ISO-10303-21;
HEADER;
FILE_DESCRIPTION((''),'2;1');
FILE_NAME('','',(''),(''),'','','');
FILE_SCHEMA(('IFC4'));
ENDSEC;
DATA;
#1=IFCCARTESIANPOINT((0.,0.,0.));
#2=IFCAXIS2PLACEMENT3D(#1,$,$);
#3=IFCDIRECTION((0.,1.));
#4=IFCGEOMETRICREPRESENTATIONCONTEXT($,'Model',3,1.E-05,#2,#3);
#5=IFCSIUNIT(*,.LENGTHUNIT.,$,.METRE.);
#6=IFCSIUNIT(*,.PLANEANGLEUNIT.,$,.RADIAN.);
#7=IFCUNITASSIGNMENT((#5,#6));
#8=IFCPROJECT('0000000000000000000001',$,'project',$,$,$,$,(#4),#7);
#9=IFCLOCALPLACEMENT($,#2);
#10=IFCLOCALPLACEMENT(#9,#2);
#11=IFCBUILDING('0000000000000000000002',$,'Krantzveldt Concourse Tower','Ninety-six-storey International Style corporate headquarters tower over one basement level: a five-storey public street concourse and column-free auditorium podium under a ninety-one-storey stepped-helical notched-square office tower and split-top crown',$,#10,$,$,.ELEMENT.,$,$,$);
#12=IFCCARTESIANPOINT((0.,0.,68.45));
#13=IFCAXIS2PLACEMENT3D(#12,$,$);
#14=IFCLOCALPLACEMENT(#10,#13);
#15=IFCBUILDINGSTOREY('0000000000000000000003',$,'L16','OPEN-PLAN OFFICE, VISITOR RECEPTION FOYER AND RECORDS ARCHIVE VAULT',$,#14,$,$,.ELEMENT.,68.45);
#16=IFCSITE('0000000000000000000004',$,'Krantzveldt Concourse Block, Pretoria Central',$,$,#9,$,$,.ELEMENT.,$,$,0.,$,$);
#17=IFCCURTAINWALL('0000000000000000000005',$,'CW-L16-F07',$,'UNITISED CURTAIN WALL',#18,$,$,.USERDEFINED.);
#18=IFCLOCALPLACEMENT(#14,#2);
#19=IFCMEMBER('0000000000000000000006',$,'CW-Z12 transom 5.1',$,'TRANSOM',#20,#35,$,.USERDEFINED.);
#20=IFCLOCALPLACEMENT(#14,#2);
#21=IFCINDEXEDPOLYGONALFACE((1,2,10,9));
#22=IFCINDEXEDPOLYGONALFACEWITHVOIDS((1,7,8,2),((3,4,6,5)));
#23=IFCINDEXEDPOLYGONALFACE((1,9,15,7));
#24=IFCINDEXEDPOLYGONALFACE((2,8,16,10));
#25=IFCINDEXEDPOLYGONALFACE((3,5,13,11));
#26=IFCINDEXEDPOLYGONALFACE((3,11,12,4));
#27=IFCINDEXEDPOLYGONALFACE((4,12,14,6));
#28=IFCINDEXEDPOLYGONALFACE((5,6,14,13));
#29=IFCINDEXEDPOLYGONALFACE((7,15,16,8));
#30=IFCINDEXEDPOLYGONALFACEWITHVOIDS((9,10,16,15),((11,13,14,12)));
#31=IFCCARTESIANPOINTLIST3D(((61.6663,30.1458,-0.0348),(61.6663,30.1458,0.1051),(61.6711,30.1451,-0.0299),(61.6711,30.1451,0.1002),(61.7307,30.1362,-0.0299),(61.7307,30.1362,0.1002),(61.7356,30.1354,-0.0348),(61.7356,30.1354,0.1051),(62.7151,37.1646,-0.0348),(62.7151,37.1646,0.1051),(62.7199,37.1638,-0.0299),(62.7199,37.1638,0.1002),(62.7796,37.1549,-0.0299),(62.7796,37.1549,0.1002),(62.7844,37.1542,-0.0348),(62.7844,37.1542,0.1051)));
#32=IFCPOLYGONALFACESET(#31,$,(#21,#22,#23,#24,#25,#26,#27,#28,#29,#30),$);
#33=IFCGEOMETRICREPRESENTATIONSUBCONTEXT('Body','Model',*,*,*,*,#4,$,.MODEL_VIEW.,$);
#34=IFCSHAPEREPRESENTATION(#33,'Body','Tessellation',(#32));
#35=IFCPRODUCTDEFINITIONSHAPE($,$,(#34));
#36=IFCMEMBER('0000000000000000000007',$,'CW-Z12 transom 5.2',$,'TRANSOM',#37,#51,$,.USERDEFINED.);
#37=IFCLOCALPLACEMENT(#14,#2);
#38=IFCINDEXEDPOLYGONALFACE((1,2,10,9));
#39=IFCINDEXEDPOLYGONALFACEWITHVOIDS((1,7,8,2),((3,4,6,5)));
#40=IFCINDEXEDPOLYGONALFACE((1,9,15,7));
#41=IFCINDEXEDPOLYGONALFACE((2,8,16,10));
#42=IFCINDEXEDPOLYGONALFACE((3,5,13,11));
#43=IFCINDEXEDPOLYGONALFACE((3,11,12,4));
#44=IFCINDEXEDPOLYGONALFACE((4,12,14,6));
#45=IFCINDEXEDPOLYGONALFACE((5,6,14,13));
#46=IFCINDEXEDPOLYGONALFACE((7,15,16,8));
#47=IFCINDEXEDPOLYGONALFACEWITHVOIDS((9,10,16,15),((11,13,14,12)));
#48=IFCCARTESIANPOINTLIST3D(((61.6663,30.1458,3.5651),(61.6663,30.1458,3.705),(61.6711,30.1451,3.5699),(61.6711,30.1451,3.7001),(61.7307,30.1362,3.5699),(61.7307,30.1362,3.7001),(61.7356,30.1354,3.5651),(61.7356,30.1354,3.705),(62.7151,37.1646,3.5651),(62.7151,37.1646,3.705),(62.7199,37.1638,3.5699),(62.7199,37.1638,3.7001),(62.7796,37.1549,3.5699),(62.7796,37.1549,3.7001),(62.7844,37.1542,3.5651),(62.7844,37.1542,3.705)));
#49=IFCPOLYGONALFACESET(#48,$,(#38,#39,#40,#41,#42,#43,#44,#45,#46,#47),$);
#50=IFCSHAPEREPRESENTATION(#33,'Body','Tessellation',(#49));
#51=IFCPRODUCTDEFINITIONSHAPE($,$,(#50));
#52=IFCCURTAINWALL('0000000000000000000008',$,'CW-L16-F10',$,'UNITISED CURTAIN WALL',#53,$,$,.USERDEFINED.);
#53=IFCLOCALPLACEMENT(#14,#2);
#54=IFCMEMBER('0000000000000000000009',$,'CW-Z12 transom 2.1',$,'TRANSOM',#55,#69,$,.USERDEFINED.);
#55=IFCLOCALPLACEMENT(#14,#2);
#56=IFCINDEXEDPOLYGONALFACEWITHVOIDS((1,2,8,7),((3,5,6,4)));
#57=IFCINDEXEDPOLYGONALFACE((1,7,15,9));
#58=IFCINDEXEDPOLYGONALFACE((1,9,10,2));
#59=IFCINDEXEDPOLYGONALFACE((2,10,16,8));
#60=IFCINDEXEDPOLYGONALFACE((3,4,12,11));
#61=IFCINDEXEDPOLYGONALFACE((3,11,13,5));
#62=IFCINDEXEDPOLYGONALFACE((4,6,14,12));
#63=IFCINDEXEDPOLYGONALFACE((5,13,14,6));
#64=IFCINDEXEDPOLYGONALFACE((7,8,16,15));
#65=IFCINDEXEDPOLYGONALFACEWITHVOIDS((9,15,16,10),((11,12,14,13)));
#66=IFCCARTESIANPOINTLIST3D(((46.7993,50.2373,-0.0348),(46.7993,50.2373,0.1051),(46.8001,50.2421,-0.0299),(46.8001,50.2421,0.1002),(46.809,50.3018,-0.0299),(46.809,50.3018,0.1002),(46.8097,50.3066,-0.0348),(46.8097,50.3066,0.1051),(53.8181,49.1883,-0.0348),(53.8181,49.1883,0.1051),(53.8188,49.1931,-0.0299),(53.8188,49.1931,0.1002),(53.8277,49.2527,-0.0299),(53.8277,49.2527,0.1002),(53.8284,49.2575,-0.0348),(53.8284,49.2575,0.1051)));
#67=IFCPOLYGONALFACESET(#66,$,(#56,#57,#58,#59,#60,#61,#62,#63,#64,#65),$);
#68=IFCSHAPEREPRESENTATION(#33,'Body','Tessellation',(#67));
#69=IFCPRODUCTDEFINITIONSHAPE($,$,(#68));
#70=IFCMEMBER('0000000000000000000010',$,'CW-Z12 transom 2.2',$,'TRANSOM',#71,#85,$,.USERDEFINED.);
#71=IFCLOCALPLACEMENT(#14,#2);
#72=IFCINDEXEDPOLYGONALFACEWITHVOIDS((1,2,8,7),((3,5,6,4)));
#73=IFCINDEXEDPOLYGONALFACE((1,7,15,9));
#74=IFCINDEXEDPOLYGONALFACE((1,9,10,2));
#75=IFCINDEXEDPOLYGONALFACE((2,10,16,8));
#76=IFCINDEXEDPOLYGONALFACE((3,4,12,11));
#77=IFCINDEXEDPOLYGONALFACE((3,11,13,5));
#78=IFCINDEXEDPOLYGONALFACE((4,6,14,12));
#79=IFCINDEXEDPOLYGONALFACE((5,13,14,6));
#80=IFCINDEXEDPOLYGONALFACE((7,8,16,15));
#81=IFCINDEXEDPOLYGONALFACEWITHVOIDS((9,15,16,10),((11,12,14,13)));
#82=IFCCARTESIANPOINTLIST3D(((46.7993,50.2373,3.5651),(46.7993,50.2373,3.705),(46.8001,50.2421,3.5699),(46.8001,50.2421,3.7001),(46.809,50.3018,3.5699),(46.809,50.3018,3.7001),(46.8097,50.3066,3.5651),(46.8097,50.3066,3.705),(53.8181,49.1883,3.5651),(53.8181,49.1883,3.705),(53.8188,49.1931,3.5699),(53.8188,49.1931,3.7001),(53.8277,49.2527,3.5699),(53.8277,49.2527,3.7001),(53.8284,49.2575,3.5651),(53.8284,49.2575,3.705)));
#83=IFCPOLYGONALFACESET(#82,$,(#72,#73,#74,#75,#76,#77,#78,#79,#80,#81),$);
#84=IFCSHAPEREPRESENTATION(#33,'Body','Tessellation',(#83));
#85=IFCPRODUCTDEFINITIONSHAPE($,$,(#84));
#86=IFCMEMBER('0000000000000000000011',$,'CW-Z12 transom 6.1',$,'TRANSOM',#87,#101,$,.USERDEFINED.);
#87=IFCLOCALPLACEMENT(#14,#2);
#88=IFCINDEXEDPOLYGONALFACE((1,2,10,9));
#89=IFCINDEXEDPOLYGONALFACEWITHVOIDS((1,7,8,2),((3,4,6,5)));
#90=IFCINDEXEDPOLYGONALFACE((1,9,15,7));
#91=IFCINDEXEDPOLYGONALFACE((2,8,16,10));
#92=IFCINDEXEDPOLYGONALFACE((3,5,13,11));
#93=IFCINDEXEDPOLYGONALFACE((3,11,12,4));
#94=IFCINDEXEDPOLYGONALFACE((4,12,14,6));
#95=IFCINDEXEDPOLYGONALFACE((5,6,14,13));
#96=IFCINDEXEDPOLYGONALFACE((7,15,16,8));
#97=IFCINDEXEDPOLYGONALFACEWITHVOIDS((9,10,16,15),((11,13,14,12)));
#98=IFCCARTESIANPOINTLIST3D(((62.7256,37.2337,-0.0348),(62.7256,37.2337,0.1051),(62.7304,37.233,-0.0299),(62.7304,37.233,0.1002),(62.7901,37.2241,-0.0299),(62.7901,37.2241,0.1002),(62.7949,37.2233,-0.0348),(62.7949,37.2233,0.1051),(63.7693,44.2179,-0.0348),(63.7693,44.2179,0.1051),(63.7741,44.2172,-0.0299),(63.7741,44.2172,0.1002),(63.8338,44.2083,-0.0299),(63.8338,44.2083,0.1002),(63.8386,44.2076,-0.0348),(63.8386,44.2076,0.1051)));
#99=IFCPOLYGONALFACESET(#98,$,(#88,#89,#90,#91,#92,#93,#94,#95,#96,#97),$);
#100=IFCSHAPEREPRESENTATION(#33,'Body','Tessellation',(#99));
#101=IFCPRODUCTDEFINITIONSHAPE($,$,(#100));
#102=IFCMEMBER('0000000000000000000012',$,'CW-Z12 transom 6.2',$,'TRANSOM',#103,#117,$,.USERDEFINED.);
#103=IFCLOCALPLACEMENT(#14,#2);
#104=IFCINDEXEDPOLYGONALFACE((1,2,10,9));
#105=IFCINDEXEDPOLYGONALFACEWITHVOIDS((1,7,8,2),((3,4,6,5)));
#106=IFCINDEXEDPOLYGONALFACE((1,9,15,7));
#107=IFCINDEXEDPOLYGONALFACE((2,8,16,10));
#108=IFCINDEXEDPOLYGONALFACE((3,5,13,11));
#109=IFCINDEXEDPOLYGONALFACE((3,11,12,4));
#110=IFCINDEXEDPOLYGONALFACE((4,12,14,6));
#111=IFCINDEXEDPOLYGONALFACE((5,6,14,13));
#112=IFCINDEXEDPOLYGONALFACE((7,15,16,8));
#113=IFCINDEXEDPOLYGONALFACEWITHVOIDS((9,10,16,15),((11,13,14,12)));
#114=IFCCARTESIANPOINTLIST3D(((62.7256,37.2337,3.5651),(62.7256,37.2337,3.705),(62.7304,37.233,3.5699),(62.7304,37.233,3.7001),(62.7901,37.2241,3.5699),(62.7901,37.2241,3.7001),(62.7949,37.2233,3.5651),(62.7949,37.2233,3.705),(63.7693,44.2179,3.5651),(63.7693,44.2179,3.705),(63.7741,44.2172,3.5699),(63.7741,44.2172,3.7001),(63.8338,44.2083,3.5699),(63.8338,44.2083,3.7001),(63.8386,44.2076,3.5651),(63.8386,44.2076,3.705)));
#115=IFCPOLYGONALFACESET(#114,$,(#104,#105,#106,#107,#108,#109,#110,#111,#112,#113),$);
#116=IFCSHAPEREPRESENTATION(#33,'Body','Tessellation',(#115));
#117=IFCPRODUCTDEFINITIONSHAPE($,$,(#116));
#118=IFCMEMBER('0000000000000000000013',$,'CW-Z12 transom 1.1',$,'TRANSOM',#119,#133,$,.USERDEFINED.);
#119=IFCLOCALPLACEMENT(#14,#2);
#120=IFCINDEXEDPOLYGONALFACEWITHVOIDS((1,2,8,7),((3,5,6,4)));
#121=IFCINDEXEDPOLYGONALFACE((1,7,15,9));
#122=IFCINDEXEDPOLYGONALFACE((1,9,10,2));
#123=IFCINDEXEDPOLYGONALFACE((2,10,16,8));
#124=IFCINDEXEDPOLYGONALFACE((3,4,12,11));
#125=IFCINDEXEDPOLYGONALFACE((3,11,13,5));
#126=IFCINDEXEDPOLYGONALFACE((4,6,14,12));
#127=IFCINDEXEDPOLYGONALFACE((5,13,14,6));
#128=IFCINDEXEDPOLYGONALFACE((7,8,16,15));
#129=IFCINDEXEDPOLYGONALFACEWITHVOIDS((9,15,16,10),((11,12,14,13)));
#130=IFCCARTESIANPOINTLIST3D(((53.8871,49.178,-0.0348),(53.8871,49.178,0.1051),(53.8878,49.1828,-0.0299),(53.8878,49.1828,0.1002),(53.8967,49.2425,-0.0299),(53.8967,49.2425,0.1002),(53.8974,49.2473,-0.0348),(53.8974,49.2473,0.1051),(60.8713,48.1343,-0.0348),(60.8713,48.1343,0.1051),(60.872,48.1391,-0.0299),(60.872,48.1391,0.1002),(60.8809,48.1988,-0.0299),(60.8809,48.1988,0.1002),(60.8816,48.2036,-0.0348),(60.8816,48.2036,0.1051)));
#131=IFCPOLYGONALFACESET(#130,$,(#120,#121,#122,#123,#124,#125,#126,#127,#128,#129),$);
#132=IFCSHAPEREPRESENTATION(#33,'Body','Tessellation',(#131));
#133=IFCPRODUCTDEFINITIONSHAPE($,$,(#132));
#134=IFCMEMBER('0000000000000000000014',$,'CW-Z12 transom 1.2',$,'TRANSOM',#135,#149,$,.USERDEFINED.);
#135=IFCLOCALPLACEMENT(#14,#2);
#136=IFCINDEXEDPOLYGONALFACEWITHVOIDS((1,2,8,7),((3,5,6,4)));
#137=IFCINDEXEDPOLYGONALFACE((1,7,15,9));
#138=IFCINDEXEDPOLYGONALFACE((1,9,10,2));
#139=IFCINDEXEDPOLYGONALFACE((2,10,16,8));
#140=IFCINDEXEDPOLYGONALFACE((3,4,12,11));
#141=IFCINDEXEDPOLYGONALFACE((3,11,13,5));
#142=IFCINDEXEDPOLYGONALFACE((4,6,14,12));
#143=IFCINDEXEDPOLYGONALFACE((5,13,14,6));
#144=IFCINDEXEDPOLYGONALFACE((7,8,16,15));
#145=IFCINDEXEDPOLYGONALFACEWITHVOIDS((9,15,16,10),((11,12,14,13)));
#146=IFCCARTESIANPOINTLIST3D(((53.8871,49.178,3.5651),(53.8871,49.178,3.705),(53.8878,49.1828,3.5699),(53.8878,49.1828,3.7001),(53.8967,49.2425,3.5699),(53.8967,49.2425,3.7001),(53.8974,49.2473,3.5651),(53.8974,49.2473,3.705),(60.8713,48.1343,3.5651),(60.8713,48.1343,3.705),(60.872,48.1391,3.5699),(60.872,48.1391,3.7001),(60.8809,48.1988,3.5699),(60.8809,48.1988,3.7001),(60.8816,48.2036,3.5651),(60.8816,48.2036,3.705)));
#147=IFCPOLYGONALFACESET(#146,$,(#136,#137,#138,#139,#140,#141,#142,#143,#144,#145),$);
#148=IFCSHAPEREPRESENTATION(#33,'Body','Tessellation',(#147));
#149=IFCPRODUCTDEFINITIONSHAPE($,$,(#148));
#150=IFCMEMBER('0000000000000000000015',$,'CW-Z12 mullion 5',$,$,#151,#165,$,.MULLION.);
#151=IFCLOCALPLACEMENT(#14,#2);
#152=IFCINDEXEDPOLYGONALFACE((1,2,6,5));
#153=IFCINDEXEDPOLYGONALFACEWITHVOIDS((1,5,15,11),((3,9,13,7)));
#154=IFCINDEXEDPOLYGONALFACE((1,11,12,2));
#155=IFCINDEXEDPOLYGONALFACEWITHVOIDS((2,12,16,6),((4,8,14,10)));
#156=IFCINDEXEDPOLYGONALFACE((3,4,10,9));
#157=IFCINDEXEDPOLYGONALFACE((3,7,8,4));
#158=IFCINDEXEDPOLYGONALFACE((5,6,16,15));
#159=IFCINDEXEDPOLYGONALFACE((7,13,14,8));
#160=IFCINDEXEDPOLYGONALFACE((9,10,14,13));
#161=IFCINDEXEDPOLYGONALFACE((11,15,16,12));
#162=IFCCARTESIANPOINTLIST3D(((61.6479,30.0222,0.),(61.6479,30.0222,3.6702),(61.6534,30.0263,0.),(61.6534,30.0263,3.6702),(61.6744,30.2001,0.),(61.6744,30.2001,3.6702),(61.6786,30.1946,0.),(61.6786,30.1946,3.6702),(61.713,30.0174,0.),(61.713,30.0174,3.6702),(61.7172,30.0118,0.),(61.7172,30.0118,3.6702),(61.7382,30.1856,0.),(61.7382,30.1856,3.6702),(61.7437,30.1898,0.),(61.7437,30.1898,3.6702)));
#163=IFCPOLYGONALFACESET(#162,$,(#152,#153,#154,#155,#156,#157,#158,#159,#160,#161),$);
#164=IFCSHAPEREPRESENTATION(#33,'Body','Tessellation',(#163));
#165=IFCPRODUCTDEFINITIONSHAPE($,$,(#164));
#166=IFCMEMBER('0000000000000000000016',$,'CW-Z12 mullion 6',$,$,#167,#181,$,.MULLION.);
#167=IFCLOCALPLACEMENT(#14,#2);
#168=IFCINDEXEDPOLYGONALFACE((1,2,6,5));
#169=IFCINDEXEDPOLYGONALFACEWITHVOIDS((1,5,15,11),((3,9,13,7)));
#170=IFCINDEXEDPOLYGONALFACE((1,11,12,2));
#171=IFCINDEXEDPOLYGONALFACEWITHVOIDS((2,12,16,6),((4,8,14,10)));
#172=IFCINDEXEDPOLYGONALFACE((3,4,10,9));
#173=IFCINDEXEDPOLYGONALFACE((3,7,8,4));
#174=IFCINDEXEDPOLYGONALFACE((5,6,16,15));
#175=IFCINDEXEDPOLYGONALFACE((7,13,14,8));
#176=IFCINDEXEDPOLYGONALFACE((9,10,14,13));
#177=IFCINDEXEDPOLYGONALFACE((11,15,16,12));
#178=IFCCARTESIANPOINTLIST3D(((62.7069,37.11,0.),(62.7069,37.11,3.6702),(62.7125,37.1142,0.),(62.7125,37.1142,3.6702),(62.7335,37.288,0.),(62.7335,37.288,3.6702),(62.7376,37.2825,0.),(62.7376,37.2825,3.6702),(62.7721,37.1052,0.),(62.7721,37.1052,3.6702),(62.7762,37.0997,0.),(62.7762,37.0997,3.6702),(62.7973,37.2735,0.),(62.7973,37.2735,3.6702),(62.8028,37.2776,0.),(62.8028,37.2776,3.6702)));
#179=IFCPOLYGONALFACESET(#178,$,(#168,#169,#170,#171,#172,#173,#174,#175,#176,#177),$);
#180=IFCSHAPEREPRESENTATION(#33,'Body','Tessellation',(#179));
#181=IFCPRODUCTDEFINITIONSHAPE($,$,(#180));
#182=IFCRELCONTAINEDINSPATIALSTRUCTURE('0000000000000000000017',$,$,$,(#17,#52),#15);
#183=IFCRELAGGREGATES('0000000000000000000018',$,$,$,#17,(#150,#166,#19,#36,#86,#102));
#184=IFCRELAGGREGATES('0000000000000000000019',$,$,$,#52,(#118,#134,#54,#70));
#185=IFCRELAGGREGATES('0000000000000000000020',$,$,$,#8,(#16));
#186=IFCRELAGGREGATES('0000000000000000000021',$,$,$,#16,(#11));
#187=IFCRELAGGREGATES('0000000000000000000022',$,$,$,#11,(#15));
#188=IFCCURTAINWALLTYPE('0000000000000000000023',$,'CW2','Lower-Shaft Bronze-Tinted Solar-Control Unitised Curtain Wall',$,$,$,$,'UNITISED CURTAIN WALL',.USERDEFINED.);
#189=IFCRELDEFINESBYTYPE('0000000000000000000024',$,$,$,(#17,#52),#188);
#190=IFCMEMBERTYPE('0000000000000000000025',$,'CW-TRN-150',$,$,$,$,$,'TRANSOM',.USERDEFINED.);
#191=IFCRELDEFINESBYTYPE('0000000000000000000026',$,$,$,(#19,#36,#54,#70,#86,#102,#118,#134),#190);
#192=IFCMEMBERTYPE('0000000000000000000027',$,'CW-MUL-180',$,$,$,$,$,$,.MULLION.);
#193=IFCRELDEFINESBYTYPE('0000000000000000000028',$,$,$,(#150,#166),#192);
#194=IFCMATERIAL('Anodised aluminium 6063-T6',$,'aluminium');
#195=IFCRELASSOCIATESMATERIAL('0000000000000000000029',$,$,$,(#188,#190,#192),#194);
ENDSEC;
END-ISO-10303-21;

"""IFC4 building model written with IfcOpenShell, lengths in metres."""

from ifc_helpers import new_model, si_unit, direction, frame, origin, origin_2d, place, context, subcontext, project, spatial, hollow_rectangle, extrude, source, transform, mapped, material, material_profile, profile_set, type_object, type_shapes, element, aggregate, save


model = new_model("IFC4")

# Units and contexts
model_context = context("Model", 3, precision=1e-05, world=origin(), true_north=direction((0.0, 1.0)))
body_context = subcontext(model_context, "Body", "Model", "MODEL_VIEW")
ifc_project = project(units=[si_unit("LENGTHUNIT", "METRE"), si_unit("PLANEANGLEUNIT", "RADIAN")], contexts=[model_context])

# Site, building, storey
site_placement = place(None, origin())
site = spatial("IfcSite", under=ifc_project, at=site_placement, Name="Krantzveldt Concourse Block, Pretoria Central", CompositionType="ELEMENT", RefElevation=0.0)
building_placement = place(site_placement, origin())
building = spatial("IfcBuilding", under=site, at=building_placement, Name="Krantzveldt Concourse Tower", Description="Ninety-six-storey International Style corporate headquarters tower over one basement level: a five-storey public street concourse and column-free auditorium podium under a ninety-one-storey stepped-helical notched-square office tower and split-top crown", CompositionType="ELEMENT")
storey_placement = place(building_placement, frame((0.0, 0.0, 68.45)))
storey = spatial("IfcBuildingStorey", under=building, at=storey_placement, Name="L16", Description="OPEN-PLAN OFFICE, VISITOR RECEPTION FOYER AND RECORDS ARCHIVE VAULT", CompositionType="ELEMENT", Elevation=68.45)

# Curtain walls, members
ifc_material_1 = material(Name="Anodised aluminium 6063-T6", Category="aluminium")
curtain_wall_type = type_object("IfcCurtainWallType", Name="CW2", Description="Lower-Shaft Bronze-Tinted Solar-Control Unitised Curtain Wall", ElementType="UNITISED CURTAIN WALL", PredefinedType="USERDEFINED", material=ifc_material_1)
curtain_wall_1_placement = place(storey_placement, origin())
curtain_wall_1 = element("IfcCurtainWall", 1, at=curtain_wall_1_placement, inside=storey, type_object=curtain_wall_type, Name="CW-L16-F07", ObjectType="UNITISED CURTAIN WALL", PredefinedType="USERDEFINED")
ifc_material_profile_1 = material_profile(ifc_material_1, hollow_rectangle(XDim=0.0701, YDim=0.1399, WallThickness=0.0049, at=origin_2d()), Name="Anodised aluminium 6063-T6", Category="aluminium")
ifc_profile_set_1 = profile_set([ifc_material_profile_1], Name="Anodised aluminium 6063-T6 - ALU-TRAN 140x70x5")
member_type_1 = type_object("IfcMemberType", Name="CW-TRN-150", ElementType="TRANSOM", PredefinedType="USERDEFINED", material=ifc_profile_set_1)
shared_shape_1 = source(origin(), body_context, "Body", "SweptSolid", [
    extrude(hollow_rectangle(XDim=0.0701, YDim=0.1399, WallThickness=0.0049, at=origin_2d()), origin(), (0.0, 0.0, 1.0), 7.0967),
])
member_1_placement = place(storey_placement, frame((61.7009, 30.1406, 0.0352), z_axis=(0.14779, 0.989019, 0.0), x_axis=(-0.989019, 0.14779, 0.0)))
member_1 = element("IfcMember", 2, at=member_1_placement, type_object=member_type_1, Name="CW-Z12 transom 5.1", ObjectType="TRANSOM", PredefinedType="USERDEFINED", context=body_context, shape_type="MappedRepresentation", body=[
    mapped(shared_shape_1, transform((0.0, 0.0, 0.0), x_axis=(1.0, 0.0, 0.0), y_axis=(0.0, 1.0, 0.0), z_axis=(0.0, 0.0, 1.0), scale=1.0)),
])
member_2_placement = place(storey_placement, frame((61.7009, 30.1406, 3.635), z_axis=(0.14779, 0.989019, 0.0), x_axis=(-0.989019, 0.14779, 0.0)))
member_2 = element("IfcMember", 3, at=member_2_placement, type_object=member_type_1, Name="CW-Z12 transom 5.2", ObjectType="TRANSOM", PredefinedType="USERDEFINED", context=body_context, shape_type="MappedRepresentation", body=[
    mapped(shared_shape_1, transform((0.0, 0.0, 0.0), x_axis=(1.0, 0.0, 0.0), y_axis=(0.0, 1.0, 0.0), z_axis=(0.0, 0.0, 1.0), scale=1.0)),
])
curtain_wall_2_placement = place(storey_placement, origin())
curtain_wall_2 = element("IfcCurtainWall", 4, at=curtain_wall_2_placement, inside=storey, type_object=curtain_wall_type, Name="CW-L16-F10", ObjectType="UNITISED CURTAIN WALL", PredefinedType="USERDEFINED")
member_3_placement = place(storey_placement, frame((53.8232, 49.2229, 0.0352), z_axis=(-0.989014, 0.147824, 0.0), x_axis=(-0.147824, -0.989014, 0.0)))
member_3 = element("IfcMember", 5, at=member_3_placement, type_object=member_type_1, Name="CW-Z12 transom 2.1", ObjectType="TRANSOM", PredefinedType="USERDEFINED", context=body_context, shape_type="MappedRepresentation", body=[
    mapped(shared_shape_1, transform((0.0, 0.0, 0.0), x_axis=(1.0, 0.0, 0.0), y_axis=(0.0, 1.0, 0.0), z_axis=(0.0, 0.0, 1.0), scale=1.0)),
])
member_4_placement = place(storey_placement, frame((53.8232, 49.2229, 3.635), z_axis=(-0.989014, 0.147824, 0.0), x_axis=(-0.147824, -0.989014, 0.0)))
member_4 = element("IfcMember", 6, at=member_4_placement, type_object=member_type_1, Name="CW-Z12 transom 2.2", ObjectType="TRANSOM", PredefinedType="USERDEFINED", context=body_context, shape_type="MappedRepresentation", body=[
    mapped(shared_shape_1, transform((0.0, 0.0, 0.0), x_axis=(1.0, 0.0, 0.0), y_axis=(0.0, 1.0, 0.0), z_axis=(0.0, 0.0, 1.0), scale=1.0)),
])

# Members
shared_shape_2 = source(origin(), body_context, "Body", "SweptSolid", [
    extrude(hollow_rectangle(XDim=0.0701, YDim=0.1399, WallThickness=0.0049, at=origin_2d()), origin(), (0.0, 0.0, 1.0), 7.0618),
])
member_5_placement = place(storey_placement, frame((62.7603, 37.2285, 0.0352), z_axis=(0.147798, 0.989018, 0.0), x_axis=(-0.989018, 0.147798, 0.0)))
member_5 = element("IfcMember", 7, at=member_5_placement, type_object=member_type_1, Name="CW-Z12 transom 6.1", ObjectType="TRANSOM", PredefinedType="USERDEFINED", context=body_context, shape_type="MappedRepresentation", body=[
    mapped(shared_shape_2, transform((0.0, 0.0, 0.0), x_axis=(1.0, 0.0, 0.0), y_axis=(0.0, 1.0, 0.0), z_axis=(0.0, 0.0, 1.0), scale=1.0)),
])
member_6_placement = place(storey_placement, frame((62.7603, 37.2285, 3.635), z_axis=(0.147798, 0.989018, 0.0), x_axis=(-0.989018, 0.147798, 0.0)))
member_6 = element("IfcMember", 8, at=member_6_placement, type_object=member_type_1, Name="CW-Z12 transom 6.2", ObjectType="TRANSOM", PredefinedType="USERDEFINED", context=body_context, shape_type="MappedRepresentation", body=[
    mapped(shared_shape_2, transform((0.0, 0.0, 0.0), x_axis=(1.0, 0.0, 0.0), y_axis=(0.0, 1.0, 0.0), z_axis=(0.0, 0.0, 1.0), scale=1.0)),
])
member_7_placement = place(storey_placement, frame((60.8765, 48.1689, 0.0352), z_axis=(-0.989018, 0.147798, 0.0), x_axis=(-0.147798, -0.989018, 0.0)))
member_7 = element("IfcMember", 9, at=member_7_placement, type_object=member_type_1, Name="CW-Z12 transom 1.1", ObjectType="TRANSOM", PredefinedType="USERDEFINED", context=body_context, shape_type="MappedRepresentation", body=[
    mapped(shared_shape_2, transform((0.0, 0.0, 0.0), x_axis=(1.0, 0.0, 0.0), y_axis=(0.0, 1.0, 0.0), z_axis=(0.0, 0.0, 1.0), scale=1.0)),
])
member_8_placement = place(storey_placement, frame((60.8765, 48.1689, 3.635), z_axis=(-0.989018, 0.147798, 0.0), x_axis=(-0.147798, -0.989018, 0.0)))
member_8 = element("IfcMember", 10, at=member_8_placement, type_object=member_type_1, Name="CW-Z12 transom 1.2", ObjectType="TRANSOM", PredefinedType="USERDEFINED", context=body_context, shape_type="MappedRepresentation", body=[
    mapped(shared_shape_2, transform((0.0, 0.0, 0.0), x_axis=(1.0, 0.0, 0.0), y_axis=(0.0, 1.0, 0.0), z_axis=(0.0, 0.0, 1.0), scale=1.0)),
])
ifc_material_profile_2 = material_profile(ifc_material_1, hollow_rectangle(XDim=0.0701, YDim=0.1799, WallThickness=0.0049, at=origin_2d()), Name="Anodised aluminium 6063-T6", Category="aluminium")
ifc_profile_set_2 = profile_set([ifc_material_profile_2], Name="Anodised aluminium 6063-T6 - ALU-MULL 180x70x5")
member_type_2 = type_object("IfcMemberType", Name="CW-MUL-180", PredefinedType="MULLION", material=ifc_profile_set_2)
shared_shape_3 = source(origin(), body_context, "Body", "SweptSolid", [
    extrude(hollow_rectangle(XDim=0.0701, YDim=0.1799, WallThickness=0.0049, at=origin_2d()), origin(), (0.0, 0.0, 1.0), 3.6702),
])
type_shapes(member_type_2, [shared_shape_3])
member_9_placement = place(storey_placement, frame((61.6958, 30.106, 0.0), z_axis=(0.0, 0.0, 1.0), x_axis=(-0.989016, 0.14781, 0.0)))
member_9 = element("IfcMember", 11, at=member_9_placement, type_object=member_type_2, Name="CW-Z12 mullion 5", PredefinedType="MULLION", context=body_context, shape_type="MappedRepresentation", body=[
    mapped(shared_shape_3, transform((0.0, 0.0, 0.0), x_axis=(1.0, 0.0, 0.0), y_axis=(0.0, 1.0, 0.0), z_axis=(0.0, 0.0, 1.0), scale=1.0)),
])
member_10_placement = place(storey_placement, frame((62.7549, 37.1938, 0.0), z_axis=(0.0, 0.0, 1.0), x_axis=(-0.989016, 0.14781, 0.0)))
member_10 = element("IfcMember", 12, at=member_10_placement, type_object=member_type_2, Name="CW-Z12 mullion 6", PredefinedType="MULLION", context=body_context, shape_type="MappedRepresentation", body=[
    mapped(shared_shape_3, transform((0.0, 0.0, 0.0), x_axis=(1.0, 0.0, 0.0), y_axis=(0.0, 1.0, 0.0), z_axis=(0.0, 0.0, 1.0), scale=1.0)),
])

aggregate(curtain_wall_1, [member_9, member_10, member_1, member_2, member_5, member_6])
aggregate(curtain_wall_2, [member_7, member_8, member_3, member_4])

save(model, "model.ifc")
